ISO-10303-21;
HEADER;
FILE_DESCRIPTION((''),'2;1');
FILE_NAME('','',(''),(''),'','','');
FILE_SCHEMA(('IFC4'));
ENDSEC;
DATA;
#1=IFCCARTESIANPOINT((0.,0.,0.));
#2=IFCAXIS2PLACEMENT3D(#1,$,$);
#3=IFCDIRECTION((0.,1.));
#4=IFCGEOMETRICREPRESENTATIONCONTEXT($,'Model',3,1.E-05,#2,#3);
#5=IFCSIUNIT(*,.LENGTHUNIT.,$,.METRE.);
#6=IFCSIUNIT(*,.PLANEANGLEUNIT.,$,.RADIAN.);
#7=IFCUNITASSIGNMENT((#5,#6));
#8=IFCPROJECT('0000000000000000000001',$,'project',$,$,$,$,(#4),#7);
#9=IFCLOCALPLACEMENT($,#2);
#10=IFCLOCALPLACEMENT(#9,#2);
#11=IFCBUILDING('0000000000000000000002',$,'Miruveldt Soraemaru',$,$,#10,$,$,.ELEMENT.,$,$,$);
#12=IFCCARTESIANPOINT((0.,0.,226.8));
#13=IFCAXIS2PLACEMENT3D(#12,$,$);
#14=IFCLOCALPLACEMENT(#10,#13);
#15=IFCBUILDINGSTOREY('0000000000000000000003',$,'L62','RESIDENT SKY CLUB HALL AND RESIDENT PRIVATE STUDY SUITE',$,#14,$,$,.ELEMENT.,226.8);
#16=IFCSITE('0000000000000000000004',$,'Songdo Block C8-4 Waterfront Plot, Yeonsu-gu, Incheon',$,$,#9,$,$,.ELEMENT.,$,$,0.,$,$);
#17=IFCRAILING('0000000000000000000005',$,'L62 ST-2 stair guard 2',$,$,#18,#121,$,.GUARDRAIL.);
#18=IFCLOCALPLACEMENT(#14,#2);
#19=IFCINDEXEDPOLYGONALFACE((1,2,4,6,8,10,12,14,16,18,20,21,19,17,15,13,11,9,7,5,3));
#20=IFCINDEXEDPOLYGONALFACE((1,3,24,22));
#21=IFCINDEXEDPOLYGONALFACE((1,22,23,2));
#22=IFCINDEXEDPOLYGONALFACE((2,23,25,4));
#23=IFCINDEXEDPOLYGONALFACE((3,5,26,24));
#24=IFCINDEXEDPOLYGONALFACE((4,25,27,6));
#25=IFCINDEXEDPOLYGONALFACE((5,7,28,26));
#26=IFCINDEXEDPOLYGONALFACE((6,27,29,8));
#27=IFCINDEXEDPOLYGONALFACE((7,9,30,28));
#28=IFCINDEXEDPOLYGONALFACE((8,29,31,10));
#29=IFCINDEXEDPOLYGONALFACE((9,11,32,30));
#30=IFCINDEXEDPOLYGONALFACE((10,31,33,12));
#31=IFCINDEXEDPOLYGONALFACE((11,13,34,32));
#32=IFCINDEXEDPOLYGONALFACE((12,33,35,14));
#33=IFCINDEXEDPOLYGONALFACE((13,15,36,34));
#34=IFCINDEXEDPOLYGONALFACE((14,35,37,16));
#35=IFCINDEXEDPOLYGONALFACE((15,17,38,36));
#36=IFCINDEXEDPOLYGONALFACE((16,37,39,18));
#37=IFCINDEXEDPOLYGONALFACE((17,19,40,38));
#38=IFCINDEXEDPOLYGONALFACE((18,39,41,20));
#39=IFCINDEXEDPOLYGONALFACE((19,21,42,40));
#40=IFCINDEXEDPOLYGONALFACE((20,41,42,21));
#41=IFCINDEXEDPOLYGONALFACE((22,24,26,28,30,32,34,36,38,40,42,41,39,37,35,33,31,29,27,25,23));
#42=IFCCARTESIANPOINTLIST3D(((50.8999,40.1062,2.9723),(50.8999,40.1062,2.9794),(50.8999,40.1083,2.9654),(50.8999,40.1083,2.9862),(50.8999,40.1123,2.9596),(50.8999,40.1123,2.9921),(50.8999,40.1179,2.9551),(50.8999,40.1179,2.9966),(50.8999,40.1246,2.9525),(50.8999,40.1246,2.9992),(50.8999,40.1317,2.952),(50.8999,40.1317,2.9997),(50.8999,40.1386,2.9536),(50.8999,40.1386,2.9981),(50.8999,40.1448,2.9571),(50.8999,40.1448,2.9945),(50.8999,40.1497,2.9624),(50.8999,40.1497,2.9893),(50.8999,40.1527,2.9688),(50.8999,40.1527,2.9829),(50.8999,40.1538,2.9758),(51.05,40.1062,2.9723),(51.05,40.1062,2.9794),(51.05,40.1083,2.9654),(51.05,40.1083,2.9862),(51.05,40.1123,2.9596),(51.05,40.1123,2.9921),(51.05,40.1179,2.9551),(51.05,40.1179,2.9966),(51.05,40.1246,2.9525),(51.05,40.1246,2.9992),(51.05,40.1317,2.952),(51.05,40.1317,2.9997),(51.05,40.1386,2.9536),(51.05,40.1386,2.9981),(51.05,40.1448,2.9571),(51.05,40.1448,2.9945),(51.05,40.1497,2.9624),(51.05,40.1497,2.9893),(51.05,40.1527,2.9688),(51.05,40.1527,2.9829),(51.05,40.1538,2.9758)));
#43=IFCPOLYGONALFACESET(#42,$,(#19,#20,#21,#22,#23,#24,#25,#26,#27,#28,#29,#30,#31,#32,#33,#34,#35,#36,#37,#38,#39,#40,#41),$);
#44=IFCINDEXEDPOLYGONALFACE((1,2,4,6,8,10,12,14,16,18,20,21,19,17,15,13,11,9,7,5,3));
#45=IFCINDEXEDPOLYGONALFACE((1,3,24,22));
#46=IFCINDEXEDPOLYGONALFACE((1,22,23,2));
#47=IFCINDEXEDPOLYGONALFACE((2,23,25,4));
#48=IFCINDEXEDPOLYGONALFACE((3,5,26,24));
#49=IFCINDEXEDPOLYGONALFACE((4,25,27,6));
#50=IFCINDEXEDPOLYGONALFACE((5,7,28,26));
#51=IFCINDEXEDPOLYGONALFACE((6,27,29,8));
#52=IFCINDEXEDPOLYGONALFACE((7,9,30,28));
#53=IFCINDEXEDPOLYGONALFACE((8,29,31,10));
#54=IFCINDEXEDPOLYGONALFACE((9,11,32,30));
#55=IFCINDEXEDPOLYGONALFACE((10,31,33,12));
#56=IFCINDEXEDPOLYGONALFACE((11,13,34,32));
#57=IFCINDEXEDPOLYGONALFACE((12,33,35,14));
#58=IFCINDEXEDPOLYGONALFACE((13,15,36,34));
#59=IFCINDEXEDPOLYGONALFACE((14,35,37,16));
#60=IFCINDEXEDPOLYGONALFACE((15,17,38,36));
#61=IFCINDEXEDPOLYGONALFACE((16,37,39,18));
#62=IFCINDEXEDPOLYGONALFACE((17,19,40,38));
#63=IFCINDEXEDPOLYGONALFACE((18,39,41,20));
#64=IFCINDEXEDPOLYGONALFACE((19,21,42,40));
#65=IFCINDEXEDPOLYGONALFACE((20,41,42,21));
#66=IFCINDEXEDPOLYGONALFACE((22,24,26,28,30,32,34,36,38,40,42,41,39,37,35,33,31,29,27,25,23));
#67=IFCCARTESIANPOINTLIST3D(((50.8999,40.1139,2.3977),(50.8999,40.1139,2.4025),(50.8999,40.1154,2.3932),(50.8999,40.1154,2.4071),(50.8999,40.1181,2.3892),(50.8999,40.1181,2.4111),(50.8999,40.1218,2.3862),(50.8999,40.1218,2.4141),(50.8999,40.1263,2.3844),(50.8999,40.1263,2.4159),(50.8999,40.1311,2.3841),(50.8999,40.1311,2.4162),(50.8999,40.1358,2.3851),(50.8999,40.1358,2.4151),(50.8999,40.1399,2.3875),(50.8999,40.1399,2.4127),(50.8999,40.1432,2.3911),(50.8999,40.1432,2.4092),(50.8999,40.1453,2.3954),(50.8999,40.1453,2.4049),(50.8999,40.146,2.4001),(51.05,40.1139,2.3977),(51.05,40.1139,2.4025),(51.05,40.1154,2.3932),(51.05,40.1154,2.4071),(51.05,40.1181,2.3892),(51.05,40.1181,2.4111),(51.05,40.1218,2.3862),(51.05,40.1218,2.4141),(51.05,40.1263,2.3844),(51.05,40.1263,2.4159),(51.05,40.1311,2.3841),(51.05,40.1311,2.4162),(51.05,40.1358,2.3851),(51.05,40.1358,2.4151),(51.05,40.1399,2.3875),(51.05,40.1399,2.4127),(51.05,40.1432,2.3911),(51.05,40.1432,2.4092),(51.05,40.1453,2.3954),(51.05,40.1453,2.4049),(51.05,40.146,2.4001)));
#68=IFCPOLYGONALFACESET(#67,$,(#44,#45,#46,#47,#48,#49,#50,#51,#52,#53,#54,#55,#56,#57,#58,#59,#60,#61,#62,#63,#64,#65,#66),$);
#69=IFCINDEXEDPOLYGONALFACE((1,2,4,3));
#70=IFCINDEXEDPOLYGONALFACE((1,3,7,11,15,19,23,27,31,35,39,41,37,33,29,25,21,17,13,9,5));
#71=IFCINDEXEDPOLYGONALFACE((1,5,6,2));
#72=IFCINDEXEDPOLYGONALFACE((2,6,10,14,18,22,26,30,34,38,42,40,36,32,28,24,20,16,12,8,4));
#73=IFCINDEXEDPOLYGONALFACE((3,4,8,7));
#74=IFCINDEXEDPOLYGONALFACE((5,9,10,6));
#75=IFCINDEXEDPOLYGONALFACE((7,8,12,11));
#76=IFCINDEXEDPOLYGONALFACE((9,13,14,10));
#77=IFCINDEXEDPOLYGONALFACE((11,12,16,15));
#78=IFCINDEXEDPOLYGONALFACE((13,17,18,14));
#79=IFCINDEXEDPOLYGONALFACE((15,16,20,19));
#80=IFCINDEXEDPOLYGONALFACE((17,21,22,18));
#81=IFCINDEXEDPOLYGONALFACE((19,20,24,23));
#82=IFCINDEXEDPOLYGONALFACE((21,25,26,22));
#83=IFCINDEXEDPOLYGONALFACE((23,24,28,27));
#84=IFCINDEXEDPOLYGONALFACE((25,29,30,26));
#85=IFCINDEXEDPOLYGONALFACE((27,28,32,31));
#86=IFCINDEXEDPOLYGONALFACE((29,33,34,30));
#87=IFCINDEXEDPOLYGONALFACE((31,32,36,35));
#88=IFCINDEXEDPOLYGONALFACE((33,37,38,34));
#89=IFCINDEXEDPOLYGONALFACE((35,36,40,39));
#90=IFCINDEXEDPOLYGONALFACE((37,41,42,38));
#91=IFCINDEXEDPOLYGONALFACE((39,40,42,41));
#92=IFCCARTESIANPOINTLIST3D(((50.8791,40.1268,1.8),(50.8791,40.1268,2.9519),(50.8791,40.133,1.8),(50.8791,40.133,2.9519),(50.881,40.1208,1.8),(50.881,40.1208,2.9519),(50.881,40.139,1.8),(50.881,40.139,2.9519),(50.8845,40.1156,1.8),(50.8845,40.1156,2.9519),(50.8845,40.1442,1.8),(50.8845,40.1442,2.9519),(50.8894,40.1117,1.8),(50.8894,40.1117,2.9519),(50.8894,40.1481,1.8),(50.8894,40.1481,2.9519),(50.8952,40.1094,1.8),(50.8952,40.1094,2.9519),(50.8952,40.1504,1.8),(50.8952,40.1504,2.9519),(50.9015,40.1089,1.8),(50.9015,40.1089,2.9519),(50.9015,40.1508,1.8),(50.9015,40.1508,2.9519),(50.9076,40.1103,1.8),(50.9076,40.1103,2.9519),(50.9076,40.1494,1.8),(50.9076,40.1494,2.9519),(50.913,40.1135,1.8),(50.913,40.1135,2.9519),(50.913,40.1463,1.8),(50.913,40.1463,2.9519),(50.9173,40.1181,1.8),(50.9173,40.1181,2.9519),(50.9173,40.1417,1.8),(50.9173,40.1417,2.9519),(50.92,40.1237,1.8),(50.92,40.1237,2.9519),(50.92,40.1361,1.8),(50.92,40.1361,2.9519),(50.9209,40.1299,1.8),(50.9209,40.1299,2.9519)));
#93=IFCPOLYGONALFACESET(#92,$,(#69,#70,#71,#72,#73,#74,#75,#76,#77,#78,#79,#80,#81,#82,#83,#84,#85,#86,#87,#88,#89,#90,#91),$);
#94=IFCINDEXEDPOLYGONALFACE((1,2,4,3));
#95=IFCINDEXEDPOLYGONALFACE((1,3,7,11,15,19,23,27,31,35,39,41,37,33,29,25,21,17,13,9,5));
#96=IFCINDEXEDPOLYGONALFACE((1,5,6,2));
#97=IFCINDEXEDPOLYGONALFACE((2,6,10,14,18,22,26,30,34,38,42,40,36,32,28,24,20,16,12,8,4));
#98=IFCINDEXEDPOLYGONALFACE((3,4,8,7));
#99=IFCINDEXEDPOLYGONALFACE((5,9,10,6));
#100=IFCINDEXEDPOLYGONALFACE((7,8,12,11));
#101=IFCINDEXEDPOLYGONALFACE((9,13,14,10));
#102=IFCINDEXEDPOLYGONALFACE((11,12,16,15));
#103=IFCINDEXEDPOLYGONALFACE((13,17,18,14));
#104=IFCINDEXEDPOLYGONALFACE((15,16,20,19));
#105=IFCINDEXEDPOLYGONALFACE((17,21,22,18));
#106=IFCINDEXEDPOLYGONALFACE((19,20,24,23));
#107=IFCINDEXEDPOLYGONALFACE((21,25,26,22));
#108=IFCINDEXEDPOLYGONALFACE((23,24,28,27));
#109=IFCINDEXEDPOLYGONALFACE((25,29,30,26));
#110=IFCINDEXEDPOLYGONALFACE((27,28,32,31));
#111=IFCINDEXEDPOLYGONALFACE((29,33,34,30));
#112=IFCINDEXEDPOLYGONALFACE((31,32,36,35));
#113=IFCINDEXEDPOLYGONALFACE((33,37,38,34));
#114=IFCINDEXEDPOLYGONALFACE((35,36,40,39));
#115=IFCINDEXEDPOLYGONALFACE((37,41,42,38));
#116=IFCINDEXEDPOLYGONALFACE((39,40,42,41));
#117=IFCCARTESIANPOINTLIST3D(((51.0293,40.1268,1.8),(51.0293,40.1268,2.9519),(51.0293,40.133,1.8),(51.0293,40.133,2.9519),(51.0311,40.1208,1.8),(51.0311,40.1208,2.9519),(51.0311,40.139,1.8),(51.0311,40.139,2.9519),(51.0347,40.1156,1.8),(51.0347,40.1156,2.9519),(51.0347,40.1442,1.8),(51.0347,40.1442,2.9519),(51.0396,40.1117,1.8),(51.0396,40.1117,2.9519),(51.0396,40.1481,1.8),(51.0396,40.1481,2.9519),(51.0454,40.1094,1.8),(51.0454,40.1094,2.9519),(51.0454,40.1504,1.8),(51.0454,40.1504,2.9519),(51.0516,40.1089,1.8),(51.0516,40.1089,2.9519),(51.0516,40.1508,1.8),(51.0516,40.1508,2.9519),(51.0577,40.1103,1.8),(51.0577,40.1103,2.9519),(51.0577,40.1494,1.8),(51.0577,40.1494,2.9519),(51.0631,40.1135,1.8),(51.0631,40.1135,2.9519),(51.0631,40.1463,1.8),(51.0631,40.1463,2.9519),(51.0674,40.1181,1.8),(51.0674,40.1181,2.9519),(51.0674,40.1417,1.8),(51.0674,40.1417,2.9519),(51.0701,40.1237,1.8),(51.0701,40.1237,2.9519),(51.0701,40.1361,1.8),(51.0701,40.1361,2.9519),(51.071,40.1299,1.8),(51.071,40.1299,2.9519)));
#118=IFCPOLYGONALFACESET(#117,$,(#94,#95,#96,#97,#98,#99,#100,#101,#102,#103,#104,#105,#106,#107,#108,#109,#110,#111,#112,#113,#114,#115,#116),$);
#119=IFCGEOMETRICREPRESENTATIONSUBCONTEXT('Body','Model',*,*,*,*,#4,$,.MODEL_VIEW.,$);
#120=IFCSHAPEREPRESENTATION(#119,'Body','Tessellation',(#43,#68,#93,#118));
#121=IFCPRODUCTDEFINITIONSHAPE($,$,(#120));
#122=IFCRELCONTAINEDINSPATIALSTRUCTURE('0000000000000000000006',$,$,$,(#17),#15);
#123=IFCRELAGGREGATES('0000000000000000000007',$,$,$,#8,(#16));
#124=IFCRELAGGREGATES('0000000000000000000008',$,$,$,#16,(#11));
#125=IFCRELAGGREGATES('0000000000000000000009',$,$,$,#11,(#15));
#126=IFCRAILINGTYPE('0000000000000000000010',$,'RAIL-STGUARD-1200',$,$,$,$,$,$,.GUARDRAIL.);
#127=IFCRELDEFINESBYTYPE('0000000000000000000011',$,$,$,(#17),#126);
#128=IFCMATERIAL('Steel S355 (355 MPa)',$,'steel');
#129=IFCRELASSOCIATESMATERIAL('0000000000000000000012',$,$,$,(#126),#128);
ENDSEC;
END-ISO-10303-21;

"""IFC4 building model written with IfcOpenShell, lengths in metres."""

from ifc_helpers import new_model, si_unit, direction, frame, origin, origin_2d, place, context, subcontext, project, spatial, circle, extrude, material, type_object, element, save


model = new_model("IFC4")

# Units and contexts
model_context = context("Model", 3, precision=1e-05, world=origin(), true_north=direction((0.0, 1.0)))
body_context = subcontext(model_context, "Body", "Model", "MODEL_VIEW")
ifc_project = project(units=[si_unit("LENGTHUNIT", "METRE"), si_unit("PLANEANGLEUNIT", "RADIAN")], contexts=[model_context])

# Site, building, storey
site_placement = place(None, origin())
site = spatial("IfcSite", under=ifc_project, at=site_placement, Name="Songdo Block C8-4 Waterfront Plot, Yeonsu-gu, Incheon", CompositionType="ELEMENT", RefElevation=0.0)
building_placement = place(site_placement, origin())
building = spatial("IfcBuilding", under=site, at=building_placement, Name="Miruveldt Soraemaru", CompositionType="ELEMENT")
storey_placement = place(building_placement, frame((0.0, 0.0, 226.8)))
storey = spatial("IfcBuildingStorey", under=building, at=storey_placement, Name="L62", Description="RESIDENT SKY CLUB HALL AND RESIDENT PRIVATE STUDY SUITE", CompositionType="ELEMENT", Elevation=226.8)

# Railing
ifc_material_1 = material(Name="Steel S355 (355 MPa)", Category="steel")
railing_type = type_object("IfcRailingType", Name="RAIL-STGUARD-1200", PredefinedType="GUARDRAIL", material=ifc_material_1)
railing_placement = place(storey_placement, frame((50.8999, 40.1299, 1.8)))
element("IfcRailing", 1, at=railing_placement, inside=storey, type_object=railing_type, Name="L62 ST-2 stair guard 2", PredefinedType="GUARDRAIL", context=body_context, shape_type="SweptSolid", body=[
    extrude(circle(Radius=0.0239, at=origin_2d()), frame((0.0, 0.0, 1.1758), z_axis=(1.0, 0.0, 0.0), x_axis=(0.0, 1.0, 0.0)), (0.0, 0.0, 1.0), 0.1501),
    extrude(circle(Radius=0.0161, at=origin_2d()), frame((0.0, 0.0, 0.6001), z_axis=(1.0, 0.0, 0.0), x_axis=(0.0, 1.0, 0.0)), (0.0, 0.0, 1.0), 0.1501),
    extrude(circle(Radius=0.021, at=origin_2d()), origin(), (0.0, 0.0, 1.0), 1.1519),
    extrude(circle(Radius=0.021, at=origin_2d()), frame((0.1501, 0.0, 0.0)), (0.0, 0.0, 1.0), 1.1519),
])

save(model, "model.ifc")
